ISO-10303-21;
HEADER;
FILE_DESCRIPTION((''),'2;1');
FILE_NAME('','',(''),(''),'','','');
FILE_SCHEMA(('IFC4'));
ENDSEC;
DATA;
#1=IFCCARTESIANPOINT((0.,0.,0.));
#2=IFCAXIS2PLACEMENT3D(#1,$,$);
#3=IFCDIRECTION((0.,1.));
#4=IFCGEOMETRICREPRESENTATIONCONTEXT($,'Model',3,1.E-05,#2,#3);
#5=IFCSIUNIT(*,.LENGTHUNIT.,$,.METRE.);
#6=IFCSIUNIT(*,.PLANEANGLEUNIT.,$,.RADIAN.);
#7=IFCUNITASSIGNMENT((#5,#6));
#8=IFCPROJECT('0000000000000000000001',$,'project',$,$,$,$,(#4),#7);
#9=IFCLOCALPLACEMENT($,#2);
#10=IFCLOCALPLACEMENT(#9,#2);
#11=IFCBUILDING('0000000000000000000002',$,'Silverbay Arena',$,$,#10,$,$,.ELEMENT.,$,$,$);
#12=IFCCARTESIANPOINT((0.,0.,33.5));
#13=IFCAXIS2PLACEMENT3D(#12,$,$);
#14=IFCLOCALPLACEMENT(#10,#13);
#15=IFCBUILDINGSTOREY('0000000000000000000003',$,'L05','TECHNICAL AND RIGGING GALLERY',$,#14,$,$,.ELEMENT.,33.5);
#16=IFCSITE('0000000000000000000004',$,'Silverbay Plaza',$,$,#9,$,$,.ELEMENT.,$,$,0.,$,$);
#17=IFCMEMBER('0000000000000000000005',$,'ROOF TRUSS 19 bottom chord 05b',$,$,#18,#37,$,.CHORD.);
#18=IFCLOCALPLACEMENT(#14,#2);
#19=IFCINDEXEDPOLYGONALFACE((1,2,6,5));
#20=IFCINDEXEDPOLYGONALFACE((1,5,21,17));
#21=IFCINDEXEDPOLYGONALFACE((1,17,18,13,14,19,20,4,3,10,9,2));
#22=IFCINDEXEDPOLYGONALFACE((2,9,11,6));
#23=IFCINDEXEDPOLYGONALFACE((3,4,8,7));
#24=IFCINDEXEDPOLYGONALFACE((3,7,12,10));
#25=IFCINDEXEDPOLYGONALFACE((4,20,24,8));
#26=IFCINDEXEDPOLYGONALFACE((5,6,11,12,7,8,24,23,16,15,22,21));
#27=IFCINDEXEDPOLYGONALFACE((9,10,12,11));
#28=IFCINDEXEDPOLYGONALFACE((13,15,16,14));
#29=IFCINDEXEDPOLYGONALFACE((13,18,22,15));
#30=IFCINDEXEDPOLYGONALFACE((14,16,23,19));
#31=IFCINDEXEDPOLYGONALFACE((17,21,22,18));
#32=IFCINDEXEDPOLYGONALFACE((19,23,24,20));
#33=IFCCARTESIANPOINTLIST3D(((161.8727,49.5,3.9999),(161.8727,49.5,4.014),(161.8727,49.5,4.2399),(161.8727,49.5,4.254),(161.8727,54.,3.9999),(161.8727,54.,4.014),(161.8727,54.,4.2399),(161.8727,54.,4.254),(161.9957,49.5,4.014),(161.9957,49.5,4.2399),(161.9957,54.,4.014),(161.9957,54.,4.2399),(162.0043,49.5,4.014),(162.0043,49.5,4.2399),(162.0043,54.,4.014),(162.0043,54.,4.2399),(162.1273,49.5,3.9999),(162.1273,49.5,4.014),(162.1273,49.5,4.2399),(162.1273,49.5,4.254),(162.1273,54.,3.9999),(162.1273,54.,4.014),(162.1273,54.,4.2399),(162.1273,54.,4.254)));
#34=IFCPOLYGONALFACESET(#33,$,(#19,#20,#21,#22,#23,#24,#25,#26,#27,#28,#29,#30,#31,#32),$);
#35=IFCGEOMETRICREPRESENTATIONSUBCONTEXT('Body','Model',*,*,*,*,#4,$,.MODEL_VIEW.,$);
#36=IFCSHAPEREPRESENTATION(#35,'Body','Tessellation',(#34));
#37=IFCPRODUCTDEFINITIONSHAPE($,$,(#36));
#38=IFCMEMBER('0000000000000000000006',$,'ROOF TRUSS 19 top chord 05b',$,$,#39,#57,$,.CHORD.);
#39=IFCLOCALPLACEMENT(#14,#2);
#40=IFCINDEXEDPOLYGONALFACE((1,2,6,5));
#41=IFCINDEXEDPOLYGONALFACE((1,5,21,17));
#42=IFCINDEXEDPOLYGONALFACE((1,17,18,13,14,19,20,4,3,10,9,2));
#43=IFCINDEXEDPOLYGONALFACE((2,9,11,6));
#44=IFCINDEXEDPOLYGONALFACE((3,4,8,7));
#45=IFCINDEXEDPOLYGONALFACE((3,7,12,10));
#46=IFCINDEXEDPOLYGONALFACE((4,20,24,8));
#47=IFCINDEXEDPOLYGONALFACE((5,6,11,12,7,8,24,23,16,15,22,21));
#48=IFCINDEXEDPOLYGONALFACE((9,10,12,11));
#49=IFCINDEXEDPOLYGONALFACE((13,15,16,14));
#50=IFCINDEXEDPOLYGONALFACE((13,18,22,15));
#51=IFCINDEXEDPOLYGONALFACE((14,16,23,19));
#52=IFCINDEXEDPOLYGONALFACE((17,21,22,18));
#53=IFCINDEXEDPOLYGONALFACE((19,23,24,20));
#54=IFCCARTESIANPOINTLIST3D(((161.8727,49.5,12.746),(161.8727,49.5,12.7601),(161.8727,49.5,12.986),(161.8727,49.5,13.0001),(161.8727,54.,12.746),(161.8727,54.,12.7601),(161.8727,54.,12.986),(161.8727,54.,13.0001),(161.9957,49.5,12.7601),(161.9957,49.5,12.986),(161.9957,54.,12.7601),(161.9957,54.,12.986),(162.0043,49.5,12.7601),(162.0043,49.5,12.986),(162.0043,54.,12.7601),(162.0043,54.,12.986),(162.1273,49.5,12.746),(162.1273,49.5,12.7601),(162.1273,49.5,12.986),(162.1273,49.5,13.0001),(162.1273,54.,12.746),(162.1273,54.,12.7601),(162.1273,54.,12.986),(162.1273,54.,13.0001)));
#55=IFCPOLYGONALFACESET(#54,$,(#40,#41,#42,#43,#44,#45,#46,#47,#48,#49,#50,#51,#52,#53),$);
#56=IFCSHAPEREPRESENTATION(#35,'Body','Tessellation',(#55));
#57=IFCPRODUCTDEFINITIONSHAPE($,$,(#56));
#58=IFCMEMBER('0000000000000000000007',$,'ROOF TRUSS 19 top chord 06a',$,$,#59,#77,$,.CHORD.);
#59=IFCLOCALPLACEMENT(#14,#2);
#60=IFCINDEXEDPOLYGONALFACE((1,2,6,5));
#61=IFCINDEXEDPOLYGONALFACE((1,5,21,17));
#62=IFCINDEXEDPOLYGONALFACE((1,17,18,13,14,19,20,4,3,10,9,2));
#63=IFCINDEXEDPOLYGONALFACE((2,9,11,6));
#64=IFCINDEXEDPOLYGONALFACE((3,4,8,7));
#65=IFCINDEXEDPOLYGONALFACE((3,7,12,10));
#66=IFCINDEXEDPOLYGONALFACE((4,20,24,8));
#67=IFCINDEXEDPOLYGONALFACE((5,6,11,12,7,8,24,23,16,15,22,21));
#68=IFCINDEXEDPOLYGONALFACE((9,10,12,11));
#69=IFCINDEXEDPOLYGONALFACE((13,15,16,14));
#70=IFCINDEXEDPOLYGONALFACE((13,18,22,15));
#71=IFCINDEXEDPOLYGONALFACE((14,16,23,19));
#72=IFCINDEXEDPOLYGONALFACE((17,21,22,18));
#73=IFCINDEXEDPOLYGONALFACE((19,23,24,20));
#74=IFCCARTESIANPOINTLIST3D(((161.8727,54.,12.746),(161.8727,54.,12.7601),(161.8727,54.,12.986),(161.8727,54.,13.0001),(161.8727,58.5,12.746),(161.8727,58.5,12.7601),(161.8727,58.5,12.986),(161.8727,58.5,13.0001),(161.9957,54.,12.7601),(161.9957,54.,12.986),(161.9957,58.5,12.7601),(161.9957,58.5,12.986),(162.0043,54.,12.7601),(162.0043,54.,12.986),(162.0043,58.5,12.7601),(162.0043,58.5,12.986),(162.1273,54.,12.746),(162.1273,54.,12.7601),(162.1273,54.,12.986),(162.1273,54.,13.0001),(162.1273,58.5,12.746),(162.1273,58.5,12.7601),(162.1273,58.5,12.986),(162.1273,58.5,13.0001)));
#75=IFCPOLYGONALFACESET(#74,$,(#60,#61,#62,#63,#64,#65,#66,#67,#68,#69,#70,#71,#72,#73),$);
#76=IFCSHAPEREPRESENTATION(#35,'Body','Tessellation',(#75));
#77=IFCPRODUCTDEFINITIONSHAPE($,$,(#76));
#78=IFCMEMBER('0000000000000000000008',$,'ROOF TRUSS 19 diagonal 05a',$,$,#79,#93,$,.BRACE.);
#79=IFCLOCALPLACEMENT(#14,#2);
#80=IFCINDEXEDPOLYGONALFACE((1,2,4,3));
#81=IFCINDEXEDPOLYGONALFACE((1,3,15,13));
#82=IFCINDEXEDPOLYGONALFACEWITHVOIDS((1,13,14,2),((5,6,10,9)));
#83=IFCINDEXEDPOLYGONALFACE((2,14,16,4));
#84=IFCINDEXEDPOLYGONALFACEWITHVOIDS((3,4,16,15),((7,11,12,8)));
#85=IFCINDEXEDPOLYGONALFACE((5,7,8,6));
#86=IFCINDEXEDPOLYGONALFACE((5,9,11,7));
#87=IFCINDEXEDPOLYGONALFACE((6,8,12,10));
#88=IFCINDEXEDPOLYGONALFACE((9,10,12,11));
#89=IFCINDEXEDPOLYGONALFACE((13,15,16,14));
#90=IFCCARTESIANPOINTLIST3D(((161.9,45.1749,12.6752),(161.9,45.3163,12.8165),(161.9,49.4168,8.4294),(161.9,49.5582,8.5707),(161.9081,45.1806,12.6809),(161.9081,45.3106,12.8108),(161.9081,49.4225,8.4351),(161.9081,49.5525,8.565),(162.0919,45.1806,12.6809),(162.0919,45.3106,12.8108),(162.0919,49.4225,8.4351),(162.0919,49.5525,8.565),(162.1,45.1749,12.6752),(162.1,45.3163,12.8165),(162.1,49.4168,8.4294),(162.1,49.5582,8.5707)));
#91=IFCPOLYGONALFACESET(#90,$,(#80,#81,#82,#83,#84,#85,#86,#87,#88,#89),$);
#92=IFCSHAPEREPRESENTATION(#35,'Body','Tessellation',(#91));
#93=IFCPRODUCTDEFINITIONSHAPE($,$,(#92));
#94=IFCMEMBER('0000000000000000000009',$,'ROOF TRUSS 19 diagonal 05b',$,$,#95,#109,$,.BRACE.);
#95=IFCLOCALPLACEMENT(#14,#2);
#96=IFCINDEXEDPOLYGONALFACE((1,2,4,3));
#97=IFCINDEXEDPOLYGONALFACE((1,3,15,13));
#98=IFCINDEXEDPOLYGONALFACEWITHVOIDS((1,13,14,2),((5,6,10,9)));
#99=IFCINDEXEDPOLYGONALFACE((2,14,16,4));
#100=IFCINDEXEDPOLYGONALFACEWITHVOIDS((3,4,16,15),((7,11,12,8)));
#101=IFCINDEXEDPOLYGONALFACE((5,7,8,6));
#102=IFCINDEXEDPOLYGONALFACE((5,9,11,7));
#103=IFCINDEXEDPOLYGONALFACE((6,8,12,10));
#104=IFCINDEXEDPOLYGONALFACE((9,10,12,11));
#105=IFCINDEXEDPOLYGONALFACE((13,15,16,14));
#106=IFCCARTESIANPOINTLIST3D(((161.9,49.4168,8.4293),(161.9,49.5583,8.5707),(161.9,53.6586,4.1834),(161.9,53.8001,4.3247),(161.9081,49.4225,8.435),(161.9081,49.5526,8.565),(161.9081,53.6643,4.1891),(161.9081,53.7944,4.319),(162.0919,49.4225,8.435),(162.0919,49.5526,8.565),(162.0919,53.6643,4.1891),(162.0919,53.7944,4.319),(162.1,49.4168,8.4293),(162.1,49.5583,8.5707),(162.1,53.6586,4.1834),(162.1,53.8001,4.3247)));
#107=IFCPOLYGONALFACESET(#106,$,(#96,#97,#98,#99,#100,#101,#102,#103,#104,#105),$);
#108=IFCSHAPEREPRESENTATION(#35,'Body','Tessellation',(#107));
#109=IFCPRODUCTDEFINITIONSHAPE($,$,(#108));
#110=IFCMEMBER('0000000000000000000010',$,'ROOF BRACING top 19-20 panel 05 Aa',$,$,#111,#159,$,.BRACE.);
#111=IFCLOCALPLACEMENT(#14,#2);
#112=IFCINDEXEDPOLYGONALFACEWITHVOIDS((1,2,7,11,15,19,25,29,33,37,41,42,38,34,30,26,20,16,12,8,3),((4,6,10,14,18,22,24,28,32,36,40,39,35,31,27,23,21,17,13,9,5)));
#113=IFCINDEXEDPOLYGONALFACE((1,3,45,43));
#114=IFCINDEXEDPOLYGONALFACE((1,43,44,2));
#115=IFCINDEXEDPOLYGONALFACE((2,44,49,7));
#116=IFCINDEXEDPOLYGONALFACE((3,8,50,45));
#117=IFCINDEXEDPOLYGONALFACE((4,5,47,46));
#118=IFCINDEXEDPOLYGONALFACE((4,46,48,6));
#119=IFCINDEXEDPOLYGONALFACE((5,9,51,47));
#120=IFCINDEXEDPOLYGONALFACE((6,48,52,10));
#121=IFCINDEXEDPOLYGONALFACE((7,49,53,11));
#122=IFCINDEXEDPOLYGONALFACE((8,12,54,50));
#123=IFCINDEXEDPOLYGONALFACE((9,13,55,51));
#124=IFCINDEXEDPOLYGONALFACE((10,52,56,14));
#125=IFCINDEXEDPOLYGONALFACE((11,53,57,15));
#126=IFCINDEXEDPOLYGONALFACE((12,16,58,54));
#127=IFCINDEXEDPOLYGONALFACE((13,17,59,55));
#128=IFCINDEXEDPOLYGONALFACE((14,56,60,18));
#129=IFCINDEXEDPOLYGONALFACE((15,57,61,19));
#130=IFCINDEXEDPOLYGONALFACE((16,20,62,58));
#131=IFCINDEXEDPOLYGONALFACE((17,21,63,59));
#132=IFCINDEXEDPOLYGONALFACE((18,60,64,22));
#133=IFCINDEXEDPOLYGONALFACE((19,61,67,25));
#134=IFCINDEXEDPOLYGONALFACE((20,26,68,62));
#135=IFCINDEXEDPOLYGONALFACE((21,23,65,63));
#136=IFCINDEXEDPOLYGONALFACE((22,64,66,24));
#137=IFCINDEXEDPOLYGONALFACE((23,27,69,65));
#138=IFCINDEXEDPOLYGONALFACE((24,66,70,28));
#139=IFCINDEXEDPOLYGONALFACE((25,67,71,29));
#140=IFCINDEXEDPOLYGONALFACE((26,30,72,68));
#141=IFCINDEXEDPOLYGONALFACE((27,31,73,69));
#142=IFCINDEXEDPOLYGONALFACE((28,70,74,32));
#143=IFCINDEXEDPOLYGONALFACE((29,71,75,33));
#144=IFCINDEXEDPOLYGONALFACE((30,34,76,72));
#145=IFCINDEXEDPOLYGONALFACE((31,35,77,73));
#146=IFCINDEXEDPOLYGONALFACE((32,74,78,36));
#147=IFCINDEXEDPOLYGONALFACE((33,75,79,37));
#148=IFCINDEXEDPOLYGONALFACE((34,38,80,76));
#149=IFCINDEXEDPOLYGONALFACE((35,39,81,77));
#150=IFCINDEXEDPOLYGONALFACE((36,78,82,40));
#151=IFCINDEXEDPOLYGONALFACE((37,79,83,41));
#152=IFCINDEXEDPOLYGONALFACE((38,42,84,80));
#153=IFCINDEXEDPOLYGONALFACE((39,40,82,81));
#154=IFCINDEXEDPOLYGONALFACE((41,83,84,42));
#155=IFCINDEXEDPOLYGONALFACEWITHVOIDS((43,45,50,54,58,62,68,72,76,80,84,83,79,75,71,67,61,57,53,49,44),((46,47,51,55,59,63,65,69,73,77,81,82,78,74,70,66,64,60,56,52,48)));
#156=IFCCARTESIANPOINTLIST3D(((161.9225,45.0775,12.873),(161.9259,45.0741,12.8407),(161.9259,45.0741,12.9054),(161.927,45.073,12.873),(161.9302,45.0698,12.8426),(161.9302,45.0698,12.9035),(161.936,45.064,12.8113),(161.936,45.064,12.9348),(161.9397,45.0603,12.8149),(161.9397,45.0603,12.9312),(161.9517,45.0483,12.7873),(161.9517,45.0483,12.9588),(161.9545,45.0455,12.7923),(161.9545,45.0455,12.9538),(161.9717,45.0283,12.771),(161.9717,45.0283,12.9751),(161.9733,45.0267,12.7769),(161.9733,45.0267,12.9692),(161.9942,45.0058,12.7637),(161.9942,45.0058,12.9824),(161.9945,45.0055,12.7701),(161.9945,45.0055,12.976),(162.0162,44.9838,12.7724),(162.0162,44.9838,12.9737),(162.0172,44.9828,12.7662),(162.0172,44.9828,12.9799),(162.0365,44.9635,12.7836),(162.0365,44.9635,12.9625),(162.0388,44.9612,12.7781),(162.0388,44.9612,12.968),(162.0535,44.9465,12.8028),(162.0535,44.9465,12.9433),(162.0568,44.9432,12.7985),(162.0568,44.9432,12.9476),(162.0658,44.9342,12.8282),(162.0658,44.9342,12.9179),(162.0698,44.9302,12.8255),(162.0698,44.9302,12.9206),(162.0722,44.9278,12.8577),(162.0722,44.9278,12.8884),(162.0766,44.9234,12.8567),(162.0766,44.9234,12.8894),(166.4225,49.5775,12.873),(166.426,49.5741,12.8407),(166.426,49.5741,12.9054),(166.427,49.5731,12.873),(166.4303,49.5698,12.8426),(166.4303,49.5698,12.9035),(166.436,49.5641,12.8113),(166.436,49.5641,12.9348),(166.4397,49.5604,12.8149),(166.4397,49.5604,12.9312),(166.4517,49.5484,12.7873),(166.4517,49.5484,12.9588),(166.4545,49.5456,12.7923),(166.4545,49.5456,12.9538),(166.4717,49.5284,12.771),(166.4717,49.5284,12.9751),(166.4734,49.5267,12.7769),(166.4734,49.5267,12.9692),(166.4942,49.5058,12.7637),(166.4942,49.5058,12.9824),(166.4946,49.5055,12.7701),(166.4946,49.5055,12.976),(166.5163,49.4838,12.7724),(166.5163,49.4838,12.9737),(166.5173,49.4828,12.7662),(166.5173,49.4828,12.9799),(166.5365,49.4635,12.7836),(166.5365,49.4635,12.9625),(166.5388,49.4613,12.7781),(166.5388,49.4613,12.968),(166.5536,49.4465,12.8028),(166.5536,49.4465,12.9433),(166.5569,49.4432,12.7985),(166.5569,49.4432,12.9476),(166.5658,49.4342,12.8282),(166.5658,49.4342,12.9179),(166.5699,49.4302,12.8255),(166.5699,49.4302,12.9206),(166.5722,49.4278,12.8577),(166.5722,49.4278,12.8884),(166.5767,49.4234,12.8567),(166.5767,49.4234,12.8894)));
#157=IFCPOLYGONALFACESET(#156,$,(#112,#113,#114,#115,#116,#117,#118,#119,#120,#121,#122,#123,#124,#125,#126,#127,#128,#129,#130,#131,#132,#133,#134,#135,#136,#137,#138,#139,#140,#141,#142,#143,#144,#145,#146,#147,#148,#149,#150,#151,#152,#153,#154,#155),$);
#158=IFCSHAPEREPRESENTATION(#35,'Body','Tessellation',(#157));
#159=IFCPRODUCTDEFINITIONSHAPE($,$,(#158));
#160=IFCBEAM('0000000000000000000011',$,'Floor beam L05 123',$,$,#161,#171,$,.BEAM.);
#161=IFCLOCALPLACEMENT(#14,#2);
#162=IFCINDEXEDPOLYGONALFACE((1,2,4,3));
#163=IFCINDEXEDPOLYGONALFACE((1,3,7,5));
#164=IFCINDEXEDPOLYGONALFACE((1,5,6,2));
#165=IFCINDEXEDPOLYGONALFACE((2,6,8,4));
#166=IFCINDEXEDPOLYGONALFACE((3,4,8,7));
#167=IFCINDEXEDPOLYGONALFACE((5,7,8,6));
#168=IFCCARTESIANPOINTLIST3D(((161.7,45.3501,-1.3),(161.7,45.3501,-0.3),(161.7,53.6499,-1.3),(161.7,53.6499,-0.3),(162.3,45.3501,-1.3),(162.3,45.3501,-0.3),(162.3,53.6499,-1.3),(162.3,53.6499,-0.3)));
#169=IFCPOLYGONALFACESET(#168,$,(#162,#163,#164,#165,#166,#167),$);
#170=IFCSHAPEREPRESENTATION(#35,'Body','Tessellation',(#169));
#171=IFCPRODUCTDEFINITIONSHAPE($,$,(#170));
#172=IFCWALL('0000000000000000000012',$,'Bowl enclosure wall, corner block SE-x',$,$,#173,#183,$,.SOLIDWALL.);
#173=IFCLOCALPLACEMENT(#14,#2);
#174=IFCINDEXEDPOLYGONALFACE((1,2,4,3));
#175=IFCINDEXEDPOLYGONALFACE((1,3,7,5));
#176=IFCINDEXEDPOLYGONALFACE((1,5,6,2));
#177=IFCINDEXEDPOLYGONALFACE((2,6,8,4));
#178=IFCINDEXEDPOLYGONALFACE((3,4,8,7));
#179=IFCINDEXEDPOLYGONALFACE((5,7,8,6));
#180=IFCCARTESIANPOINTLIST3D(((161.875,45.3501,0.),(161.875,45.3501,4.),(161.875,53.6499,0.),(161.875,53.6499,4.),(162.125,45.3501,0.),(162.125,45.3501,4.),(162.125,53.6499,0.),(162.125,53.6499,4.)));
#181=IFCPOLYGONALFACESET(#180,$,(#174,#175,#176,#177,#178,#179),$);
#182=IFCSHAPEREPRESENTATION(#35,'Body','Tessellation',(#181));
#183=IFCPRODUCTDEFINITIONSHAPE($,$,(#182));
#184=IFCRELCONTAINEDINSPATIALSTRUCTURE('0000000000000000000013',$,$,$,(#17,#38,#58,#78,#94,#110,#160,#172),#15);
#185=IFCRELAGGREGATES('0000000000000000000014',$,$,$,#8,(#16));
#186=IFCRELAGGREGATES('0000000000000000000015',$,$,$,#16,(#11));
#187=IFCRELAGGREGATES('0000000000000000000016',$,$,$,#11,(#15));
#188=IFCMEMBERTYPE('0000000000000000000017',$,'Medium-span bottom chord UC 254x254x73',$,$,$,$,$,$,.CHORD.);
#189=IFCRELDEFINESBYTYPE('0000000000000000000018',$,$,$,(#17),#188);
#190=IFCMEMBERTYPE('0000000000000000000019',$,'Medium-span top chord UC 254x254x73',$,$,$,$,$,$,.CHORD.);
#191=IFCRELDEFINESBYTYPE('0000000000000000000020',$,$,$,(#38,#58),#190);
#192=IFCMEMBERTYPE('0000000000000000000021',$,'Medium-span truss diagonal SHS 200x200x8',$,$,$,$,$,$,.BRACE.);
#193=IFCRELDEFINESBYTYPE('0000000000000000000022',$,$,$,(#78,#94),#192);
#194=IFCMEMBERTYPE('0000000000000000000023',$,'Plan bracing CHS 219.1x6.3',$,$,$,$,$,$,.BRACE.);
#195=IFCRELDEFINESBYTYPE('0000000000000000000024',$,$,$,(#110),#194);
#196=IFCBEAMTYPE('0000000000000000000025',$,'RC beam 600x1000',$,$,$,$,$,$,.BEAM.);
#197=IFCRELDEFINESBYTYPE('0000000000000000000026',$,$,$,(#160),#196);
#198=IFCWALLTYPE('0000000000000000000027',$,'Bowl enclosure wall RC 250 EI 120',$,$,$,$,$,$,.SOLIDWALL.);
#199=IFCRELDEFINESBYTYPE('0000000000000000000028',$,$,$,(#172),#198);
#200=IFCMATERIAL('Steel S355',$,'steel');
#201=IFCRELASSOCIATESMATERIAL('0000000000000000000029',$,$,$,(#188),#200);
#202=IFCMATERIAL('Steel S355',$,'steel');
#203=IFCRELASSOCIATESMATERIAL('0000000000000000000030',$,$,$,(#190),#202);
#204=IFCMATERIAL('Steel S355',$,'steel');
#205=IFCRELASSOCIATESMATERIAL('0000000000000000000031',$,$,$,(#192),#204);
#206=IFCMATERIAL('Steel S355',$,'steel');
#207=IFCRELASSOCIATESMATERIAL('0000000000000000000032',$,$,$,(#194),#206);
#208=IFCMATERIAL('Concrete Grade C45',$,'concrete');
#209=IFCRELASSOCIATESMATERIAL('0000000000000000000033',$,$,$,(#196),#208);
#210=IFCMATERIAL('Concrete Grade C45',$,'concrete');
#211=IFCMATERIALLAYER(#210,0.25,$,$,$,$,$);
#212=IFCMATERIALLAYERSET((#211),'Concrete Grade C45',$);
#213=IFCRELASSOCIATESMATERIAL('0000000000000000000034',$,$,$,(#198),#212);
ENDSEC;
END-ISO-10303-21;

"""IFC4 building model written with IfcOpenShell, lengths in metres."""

from ifc_helpers import new_model, si_unit, direction, frame, frame_2d, origin, origin_2d, place, context, subcontext, project, spatial, rectangle, hollow_rectangle, hollow_circle, i_section, extrude, material, layer, layer_set, material_profile, profile_set, type_object, element, save


model = new_model("IFC4")

# Units and contexts
model_context = context("Model", 3, precision=1e-05, world=origin(), true_north=direction((0.0, 1.0)))
body_context = subcontext(model_context, "Body", "Model", "MODEL_VIEW")
ifc_project = project(units=[si_unit("LENGTHUNIT", "METRE"), si_unit("PLANEANGLEUNIT", "RADIAN")], contexts=[model_context])

# Site, building, storey
site_placement = place(None, origin())
site = spatial("IfcSite", under=ifc_project, at=site_placement, Name="Silverbay Plaza", CompositionType="ELEMENT", RefElevation=0.0)
building_placement = place(site_placement, origin())
building = spatial("IfcBuilding", under=site, at=building_placement, Name="Silverbay Arena", CompositionType="ELEMENT")
storey_placement = place(building_placement, frame((0.0, 0.0, 33.5)))
storey = spatial("IfcBuildingStorey", under=building, at=storey_placement, Name="L05", Description="TECHNICAL AND RIGGING GALLERY", CompositionType="ELEMENT", Elevation=33.5)

# Members
ifc_material_1 = material(Name="Steel S355", Category="steel")
ifc_material_profile_1 = material_profile(ifc_material_1, i_section(OverallWidth=0.2546, OverallDepth=0.2542, WebThickness=0.0085, FlangeThickness=0.0142, at=origin_2d()), Name="UC 254x254x73")
ifc_profile_set_1 = profile_set([ifc_material_profile_1], Name="Steel S355")
member_type_1 = type_object("IfcMemberType", Name="Medium-span bottom chord UC 254x254x73", PredefinedType="CHORD", material=ifc_profile_set_1)
member_1_placement = place(storey_placement, frame((162.0, 49.5, 4.127), z_axis=(0.0, 1.0, 0.0), x_axis=(-1.0, 0.0, 0.0)))
element("IfcMember", 1, at=member_1_placement, inside=storey, type_object=member_type_1, Name="ROOF TRUSS 19 bottom chord 05b", PredefinedType="CHORD", context=body_context, shape_type="SweptSolid", body=[
    extrude(i_section(OverallWidth=0.2546, OverallDepth=0.2542, WebThickness=0.0085, FlangeThickness=0.0142, at=origin_2d()), origin(), (0.0, 0.0, 1.0), 4.5),
])
ifc_material_2 = material(Name="Steel S355", Category="steel")
ifc_material_profile_2 = material_profile(ifc_material_2, i_section(OverallWidth=0.2546, OverallDepth=0.2542, WebThickness=0.0085, FlangeThickness=0.0142, at=origin_2d()), Name="UC 254x254x73")
ifc_profile_set_2 = profile_set([ifc_material_profile_2], Name="Steel S355")
member_type_2 = type_object("IfcMemberType", Name="Medium-span top chord UC 254x254x73", PredefinedType="CHORD", material=ifc_profile_set_2)
for number, where, z_axis, x_axis, name in (
    (2, (162.0, 49.5, 12.873), (0.0, 1.0, 0.0), (-1.0, 0.0, 0.0), "ROOF TRUSS 19 top chord 05b"),
    (3, (162.0, 54.0, 12.873), (0.0, 1.0, 0.0), (-1.0, 0.0, 0.0), "ROOF TRUSS 19 top chord 06a"),
):
    element("IfcMember", number, at=place(storey_placement, frame(where, z_axis=z_axis, x_axis=x_axis)), inside=storey, type_object=member_type_2, Name=name, PredefinedType="CHORD", context=body_context, shape_type="SweptSolid", body=[
        extrude(i_section(OverallWidth=0.2546, OverallDepth=0.2542, WebThickness=0.0085, FlangeThickness=0.0142, at=origin_2d()), origin(), (0.0, 0.0, 1.0), 4.5),
    ])
ifc_material_3 = material(Name="Steel S355", Category="steel")
ifc_material_profile_3 = material_profile(ifc_material_3, hollow_rectangle(XDim=0.2, YDim=0.2, WallThickness=0.0081, at=origin_2d()), Name="SHS 200x200x8")
ifc_profile_set_3 = profile_set([ifc_material_profile_3], Name="Steel S355")
member_type_3 = type_object("IfcMemberType", Name="Medium-span truss diagonal SHS 200x200x8", PredefinedType="BRACE", material=ifc_profile_set_3)
for number, where, z_axis, x_axis, name in (
    (4, (162.0, 45.2456, 12.7458), (0.0, 0.706781, -0.707432), (-1.0, 0.0, 0.0), "ROOF TRUSS 19 diagonal 05a"),
    (5, (162.0, 49.4875, 8.5), (0.0, 0.706761, -0.707452), (-1.0, 0.0, 0.0), "ROOF TRUSS 19 diagonal 05b"),
):
    element("IfcMember", number, at=place(storey_placement, frame(where, z_axis=z_axis, x_axis=x_axis)), inside=storey, type_object=member_type_3, Name=name, PredefinedType="BRACE", context=body_context, shape_type="SweptSolid", body=[
        extrude(hollow_rectangle(XDim=0.2, YDim=0.2, WallThickness=0.0081, at=origin_2d()), origin(), (0.0, 0.0, 1.0), 6.0017),
    ])
ifc_material_4 = material(Name="Steel S355", Category="steel")
ifc_material_profile_4 = material_profile(ifc_material_4, hollow_circle(Radius=0.1096, WallThickness=0.0063, at=origin_2d()), Name="CHS 219.1x6.3")
ifc_profile_set_4 = profile_set([ifc_material_profile_4], Name="Steel S355")
member_type_4 = type_object("IfcMemberType", Name="Plan bracing CHS 219.1x6.3", PredefinedType="BRACE", material=ifc_profile_set_4)
member_2_placement = place(storey_placement, frame((162.0, 45.0, 12.873), z_axis=(0.707107, 0.707107, 0.0), x_axis=(-0.707107, 0.707107, 0.0)))
element("IfcMember", 6, at=member_2_placement, inside=storey, type_object=member_type_4, Name="ROOF BRACING top 19-20 panel 05 Aa", PredefinedType="BRACE", context=body_context, shape_type="SweptSolid", body=[
    extrude(hollow_circle(Radius=0.1096, WallThickness=0.0063, at=origin_2d()), origin(), (0.0, 0.0, 1.0), 6.364),
])

# Beam
ifc_material_5 = material(Name="Concrete Grade C45", Category="concrete")
ifc_material_profile_5 = material_profile(ifc_material_5, rectangle(XDim=0.6001, YDim=1.0, at=origin_2d()), Name="RC 600x1000")
ifc_profile_set_5 = profile_set([ifc_material_profile_5], Name="Concrete Grade C45")
beam_type = type_object("IfcBeamType", Name="RC beam 600x1000", PredefinedType="BEAM", material=ifc_profile_set_5)
beam_placement = place(storey_placement, frame((162.0, 45.3501, -0.8), z_axis=(0.0, 1.0, 0.0), x_axis=(-1.0, 0.0, 0.0)))
element("IfcBeam", 7, at=beam_placement, inside=storey, type_object=beam_type, Name="Floor beam L05 123", PredefinedType="BEAM", context=body_context, shape_type="SweptSolid", body=[
    extrude(rectangle(XDim=0.6001, YDim=1.0, at=origin_2d()), origin(), (0.0, 0.0, 1.0), 8.2998),
])

# Wall
ifc_material_6 = material(Name="Concrete Grade C45", Category="concrete")
ifc_layer = layer(ifc_material_6, 0.25)
ifc_layer_set = layer_set([ifc_layer], Name="Concrete Grade C45")
wall_type = type_object("IfcWallType", Name="Bowl enclosure wall RC 250 EI 120", PredefinedType="SOLIDWALL", material=ifc_layer_set)
wall_placement = place(storey_placement, frame((162.0, 45.3501, 0.0), z_axis=(0.0, 0.0, 1.0), x_axis=(0.0, 1.0, 0.0)))
element("IfcWall", 8, at=wall_placement, inside=storey, type_object=wall_type, Name="Bowl enclosure wall, corner block SE-x", PredefinedType="SOLIDWALL", context=body_context, shape_type="SweptSolid", body=[
    extrude(rectangle(XDim=8.2998, YDim=0.25, at=frame_2d((4.1499, 0.0))), origin(), (0.0, 0.0, 1.0), 4.0),
])

save(model, "model.ifc")
